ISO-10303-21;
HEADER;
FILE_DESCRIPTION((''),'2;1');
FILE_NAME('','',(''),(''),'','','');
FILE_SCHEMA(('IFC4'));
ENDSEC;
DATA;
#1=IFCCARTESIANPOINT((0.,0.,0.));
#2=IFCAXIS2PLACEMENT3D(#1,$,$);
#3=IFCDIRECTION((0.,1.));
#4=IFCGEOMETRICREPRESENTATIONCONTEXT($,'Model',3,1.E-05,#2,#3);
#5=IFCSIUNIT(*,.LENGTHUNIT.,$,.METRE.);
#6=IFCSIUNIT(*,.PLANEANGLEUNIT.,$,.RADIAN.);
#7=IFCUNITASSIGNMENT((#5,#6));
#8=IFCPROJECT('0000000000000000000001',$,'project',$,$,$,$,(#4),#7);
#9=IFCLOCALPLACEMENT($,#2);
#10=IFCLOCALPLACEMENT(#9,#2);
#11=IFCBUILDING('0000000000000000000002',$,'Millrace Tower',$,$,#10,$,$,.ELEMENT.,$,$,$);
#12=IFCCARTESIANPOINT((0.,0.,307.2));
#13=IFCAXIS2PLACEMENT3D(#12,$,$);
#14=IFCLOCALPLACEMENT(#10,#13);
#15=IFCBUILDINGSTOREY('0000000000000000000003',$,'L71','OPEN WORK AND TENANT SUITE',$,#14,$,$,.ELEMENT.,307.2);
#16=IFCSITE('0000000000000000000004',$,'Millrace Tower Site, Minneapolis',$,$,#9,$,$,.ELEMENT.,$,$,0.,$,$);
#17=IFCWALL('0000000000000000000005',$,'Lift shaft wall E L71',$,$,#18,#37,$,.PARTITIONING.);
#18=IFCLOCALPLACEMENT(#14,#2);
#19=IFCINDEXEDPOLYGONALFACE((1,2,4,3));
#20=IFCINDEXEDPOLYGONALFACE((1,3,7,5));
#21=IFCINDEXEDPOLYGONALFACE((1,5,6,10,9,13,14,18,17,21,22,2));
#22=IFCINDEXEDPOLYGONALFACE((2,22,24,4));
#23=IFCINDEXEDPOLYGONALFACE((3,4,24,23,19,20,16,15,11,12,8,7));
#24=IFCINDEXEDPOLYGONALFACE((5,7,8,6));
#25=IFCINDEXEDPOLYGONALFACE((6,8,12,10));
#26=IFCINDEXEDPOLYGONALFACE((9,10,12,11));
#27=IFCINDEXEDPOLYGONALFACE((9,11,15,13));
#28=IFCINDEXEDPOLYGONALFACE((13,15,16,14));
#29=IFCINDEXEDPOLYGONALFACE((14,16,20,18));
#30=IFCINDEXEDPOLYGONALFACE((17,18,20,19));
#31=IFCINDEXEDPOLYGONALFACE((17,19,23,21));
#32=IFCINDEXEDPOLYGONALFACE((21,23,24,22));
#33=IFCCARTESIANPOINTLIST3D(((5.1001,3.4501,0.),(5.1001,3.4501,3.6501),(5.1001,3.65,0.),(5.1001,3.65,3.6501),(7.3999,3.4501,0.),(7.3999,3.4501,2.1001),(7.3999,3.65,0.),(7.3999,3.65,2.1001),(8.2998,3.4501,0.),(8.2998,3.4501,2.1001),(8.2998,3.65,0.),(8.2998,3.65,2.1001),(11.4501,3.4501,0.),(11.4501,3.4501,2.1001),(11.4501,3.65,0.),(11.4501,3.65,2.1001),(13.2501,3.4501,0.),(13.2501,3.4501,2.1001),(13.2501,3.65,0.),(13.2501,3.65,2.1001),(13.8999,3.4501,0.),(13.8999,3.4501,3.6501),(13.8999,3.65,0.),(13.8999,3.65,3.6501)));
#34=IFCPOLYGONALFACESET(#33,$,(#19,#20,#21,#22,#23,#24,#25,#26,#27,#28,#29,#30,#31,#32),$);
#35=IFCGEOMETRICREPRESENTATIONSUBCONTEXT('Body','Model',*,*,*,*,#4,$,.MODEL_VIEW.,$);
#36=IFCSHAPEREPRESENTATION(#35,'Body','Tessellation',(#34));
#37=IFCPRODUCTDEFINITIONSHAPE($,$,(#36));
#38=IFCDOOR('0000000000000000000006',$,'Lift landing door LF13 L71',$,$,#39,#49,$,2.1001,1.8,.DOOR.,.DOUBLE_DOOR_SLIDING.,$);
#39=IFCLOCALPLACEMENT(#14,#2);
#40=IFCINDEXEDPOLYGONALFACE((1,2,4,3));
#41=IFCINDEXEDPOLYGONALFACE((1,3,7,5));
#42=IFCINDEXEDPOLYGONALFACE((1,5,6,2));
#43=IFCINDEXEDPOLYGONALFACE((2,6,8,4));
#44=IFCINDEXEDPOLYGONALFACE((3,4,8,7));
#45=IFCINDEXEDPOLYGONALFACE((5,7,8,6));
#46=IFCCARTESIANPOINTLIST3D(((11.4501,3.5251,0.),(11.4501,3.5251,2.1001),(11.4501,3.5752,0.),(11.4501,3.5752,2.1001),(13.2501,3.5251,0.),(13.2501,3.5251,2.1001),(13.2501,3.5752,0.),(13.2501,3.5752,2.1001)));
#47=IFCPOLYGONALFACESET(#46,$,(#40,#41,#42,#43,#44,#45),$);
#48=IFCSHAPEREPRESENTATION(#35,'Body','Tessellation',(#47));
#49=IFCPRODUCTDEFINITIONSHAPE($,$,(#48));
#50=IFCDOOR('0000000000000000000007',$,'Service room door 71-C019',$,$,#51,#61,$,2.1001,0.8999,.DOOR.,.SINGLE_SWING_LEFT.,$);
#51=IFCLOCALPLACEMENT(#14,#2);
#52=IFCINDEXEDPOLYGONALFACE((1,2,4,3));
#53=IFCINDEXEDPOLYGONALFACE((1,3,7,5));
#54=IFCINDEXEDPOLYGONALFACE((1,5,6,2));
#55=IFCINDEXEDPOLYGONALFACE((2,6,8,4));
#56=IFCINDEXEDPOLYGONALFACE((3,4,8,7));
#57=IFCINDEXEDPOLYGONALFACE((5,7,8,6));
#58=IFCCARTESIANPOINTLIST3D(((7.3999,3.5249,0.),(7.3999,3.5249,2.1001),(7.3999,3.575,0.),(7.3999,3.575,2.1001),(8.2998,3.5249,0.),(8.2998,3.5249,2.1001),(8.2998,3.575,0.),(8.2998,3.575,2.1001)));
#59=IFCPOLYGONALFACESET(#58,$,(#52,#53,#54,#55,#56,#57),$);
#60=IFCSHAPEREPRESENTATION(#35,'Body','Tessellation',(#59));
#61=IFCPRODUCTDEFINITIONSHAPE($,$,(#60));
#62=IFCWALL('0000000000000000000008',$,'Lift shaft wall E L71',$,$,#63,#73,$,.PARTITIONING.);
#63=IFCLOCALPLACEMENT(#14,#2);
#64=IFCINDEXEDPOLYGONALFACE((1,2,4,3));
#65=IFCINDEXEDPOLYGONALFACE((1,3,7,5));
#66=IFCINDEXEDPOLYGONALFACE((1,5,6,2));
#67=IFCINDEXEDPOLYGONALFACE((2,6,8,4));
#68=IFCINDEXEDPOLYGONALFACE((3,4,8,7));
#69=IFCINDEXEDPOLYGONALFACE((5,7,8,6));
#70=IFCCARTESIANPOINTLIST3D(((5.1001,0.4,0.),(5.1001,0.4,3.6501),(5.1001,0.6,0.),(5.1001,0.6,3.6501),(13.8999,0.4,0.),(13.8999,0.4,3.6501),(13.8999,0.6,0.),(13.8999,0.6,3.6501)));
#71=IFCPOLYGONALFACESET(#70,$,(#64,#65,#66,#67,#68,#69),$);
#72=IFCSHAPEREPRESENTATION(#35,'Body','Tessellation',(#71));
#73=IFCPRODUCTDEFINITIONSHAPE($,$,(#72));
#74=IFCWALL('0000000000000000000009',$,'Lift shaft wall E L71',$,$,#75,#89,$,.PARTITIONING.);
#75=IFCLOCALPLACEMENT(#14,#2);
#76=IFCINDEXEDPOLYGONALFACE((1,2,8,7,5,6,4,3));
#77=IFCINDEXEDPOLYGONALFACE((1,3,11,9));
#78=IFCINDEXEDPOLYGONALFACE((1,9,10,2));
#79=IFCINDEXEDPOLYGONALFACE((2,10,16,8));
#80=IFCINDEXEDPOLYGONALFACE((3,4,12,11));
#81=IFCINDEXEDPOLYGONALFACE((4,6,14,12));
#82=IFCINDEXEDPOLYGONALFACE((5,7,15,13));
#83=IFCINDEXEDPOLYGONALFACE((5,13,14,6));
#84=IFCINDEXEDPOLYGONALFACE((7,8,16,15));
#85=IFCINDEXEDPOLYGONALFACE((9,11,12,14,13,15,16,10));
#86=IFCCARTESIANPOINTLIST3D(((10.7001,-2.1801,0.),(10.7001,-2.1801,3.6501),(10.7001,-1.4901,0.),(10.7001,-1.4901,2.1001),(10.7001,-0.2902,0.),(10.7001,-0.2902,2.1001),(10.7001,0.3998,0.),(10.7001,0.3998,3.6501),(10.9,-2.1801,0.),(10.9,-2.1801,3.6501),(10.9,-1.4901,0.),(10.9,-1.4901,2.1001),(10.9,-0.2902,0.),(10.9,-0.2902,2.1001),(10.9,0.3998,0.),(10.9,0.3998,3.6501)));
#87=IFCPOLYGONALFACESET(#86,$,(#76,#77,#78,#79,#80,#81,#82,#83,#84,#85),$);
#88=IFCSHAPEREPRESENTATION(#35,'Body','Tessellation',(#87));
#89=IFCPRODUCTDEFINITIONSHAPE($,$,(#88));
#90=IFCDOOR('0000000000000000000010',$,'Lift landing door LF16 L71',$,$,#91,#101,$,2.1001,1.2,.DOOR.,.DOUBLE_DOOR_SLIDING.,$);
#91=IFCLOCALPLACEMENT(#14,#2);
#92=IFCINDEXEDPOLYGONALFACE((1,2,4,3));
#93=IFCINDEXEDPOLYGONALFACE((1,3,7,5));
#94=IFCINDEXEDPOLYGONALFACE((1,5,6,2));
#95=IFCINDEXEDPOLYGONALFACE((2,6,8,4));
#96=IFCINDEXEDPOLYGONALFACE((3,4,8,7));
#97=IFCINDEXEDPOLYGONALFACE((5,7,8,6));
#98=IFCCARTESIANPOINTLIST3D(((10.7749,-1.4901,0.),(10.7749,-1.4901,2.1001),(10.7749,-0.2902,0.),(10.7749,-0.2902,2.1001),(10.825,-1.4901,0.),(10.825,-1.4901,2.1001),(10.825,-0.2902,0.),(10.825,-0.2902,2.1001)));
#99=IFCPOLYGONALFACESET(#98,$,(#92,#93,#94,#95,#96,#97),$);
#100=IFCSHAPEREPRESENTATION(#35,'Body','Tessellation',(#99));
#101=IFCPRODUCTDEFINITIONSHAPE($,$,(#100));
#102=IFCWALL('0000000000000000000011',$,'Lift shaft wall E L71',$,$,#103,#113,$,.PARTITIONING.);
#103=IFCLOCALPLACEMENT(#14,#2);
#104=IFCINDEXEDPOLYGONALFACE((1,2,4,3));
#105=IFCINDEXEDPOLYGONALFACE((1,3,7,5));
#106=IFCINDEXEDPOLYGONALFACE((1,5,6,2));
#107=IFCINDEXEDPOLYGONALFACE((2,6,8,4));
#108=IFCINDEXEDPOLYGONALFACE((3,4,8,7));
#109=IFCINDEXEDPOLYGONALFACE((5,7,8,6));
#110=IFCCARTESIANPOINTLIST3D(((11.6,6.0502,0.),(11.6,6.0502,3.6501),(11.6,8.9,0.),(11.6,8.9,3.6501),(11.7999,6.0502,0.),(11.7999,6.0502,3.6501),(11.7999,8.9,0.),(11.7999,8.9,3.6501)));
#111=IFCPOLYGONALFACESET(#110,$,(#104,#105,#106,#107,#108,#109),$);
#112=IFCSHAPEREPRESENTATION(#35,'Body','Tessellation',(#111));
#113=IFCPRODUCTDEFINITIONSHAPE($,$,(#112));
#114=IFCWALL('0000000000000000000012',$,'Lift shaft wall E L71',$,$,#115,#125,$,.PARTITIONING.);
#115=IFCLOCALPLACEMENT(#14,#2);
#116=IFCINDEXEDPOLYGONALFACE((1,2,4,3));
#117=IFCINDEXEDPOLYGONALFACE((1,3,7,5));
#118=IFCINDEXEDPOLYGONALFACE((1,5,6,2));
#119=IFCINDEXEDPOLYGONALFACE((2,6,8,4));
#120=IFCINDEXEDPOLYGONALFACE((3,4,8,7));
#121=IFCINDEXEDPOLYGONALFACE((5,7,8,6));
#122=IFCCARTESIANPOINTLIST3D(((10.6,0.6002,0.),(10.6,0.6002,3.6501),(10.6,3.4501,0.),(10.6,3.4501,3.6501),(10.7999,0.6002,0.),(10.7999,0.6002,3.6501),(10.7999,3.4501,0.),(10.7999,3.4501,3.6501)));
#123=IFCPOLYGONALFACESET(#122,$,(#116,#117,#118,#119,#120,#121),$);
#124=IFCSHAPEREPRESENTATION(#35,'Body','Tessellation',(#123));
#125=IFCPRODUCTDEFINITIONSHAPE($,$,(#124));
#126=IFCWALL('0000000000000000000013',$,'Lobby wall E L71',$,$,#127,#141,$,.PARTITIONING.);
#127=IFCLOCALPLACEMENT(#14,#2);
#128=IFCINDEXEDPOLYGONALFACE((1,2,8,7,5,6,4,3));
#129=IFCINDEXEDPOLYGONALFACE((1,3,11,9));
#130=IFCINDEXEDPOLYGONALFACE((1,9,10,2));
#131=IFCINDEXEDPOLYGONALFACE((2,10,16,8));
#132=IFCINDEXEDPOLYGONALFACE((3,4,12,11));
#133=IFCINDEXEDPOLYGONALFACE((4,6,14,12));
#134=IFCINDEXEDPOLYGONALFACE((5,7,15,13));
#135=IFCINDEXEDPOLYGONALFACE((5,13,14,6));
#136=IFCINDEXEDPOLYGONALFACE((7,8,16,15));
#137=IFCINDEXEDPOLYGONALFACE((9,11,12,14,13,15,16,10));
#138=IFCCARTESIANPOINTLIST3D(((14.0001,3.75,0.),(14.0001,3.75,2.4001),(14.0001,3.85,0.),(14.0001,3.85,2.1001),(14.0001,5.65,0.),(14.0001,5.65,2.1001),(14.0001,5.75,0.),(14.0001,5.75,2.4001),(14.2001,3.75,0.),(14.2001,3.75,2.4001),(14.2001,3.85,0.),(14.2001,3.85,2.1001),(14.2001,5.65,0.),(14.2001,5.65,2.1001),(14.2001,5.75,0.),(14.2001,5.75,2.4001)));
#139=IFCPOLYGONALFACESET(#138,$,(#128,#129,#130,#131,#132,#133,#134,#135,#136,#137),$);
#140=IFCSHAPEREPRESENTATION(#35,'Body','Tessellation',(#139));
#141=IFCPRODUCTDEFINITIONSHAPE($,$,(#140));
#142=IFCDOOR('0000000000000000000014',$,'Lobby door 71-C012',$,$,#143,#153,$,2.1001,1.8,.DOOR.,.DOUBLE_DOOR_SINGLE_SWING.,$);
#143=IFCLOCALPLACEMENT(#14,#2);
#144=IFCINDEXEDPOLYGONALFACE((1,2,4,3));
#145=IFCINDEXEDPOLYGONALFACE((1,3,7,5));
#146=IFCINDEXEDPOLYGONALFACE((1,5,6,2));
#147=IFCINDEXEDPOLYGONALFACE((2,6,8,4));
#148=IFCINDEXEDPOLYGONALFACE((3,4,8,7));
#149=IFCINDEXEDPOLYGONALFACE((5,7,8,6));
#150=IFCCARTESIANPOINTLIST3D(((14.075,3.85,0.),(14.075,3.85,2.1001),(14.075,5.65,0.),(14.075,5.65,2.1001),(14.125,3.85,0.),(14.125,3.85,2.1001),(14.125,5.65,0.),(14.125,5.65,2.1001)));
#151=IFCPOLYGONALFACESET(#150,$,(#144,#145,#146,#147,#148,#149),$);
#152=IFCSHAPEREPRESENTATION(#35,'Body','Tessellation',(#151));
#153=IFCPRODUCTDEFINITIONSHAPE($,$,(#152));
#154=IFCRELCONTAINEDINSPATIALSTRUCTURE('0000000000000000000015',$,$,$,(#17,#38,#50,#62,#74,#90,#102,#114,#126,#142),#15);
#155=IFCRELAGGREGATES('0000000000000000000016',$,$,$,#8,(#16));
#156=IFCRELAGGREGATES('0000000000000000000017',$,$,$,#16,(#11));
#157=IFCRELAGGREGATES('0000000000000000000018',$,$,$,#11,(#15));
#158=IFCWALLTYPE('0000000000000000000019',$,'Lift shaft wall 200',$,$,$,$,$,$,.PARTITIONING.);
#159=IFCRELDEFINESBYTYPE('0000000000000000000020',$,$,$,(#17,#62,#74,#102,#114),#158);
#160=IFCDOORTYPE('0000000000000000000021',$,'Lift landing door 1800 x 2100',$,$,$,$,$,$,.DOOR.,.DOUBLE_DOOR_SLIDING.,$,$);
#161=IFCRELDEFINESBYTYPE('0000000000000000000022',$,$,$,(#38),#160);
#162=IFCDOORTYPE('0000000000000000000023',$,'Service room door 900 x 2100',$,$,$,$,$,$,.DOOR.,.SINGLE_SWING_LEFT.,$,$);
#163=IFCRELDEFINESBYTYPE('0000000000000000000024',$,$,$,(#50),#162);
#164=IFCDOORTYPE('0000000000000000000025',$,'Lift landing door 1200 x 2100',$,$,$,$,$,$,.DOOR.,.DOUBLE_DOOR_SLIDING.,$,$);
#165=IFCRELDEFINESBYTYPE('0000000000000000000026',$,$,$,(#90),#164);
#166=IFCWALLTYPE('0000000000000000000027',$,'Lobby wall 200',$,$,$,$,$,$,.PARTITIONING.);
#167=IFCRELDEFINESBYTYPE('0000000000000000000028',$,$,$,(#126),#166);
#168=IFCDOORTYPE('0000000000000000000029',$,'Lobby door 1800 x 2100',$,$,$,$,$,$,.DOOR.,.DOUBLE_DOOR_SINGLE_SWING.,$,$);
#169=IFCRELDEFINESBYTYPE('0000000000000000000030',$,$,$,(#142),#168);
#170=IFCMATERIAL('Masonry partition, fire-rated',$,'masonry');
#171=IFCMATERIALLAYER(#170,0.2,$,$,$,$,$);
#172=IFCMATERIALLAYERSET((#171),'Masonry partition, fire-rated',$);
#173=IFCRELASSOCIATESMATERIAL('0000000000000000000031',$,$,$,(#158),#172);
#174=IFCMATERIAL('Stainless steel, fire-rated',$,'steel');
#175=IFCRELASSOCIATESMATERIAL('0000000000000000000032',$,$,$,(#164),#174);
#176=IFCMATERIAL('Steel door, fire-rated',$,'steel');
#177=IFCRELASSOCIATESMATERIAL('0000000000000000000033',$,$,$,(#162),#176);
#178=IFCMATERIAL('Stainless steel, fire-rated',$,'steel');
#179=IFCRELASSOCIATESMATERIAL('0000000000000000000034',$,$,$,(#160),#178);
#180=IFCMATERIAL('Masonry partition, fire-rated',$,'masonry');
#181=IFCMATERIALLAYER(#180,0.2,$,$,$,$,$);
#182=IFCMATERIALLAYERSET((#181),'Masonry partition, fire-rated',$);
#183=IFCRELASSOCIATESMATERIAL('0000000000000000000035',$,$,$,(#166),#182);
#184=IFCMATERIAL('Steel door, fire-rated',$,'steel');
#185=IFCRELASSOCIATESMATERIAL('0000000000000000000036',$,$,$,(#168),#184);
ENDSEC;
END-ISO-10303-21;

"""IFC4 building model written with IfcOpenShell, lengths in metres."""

from ifc_helpers import new_model, si_unit, direction, frame, frame_2d, origin, place, context, subcontext, project, spatial, rectangle, extrude, material, layer, layer_set, type_object, element, fill, save


model = new_model("IFC4")

# Units and contexts
model_context = context("Model", 3, precision=1e-05, world=origin(), true_north=direction((0.0, 1.0)))
body_context = subcontext(model_context, "Body", "Model", "MODEL_VIEW")
ifc_project = project(units=[si_unit("LENGTHUNIT", "METRE"), si_unit("PLANEANGLEUNIT", "RADIAN")], contexts=[model_context])

# Site, building, storey
site_placement = place(None, origin())
site = spatial("IfcSite", under=ifc_project, at=site_placement, Name="Millrace Tower Site, Minneapolis", CompositionType="ELEMENT", RefElevation=0.0)
building_placement = place(site_placement, origin())
building = spatial("IfcBuilding", under=site, at=building_placement, Name="Millrace Tower", CompositionType="ELEMENT")
storey_placement = place(building_placement, frame((0.0, 0.0, 307.2)))
storey = spatial("IfcBuildingStorey", under=building, at=storey_placement, Name="L71", Description="OPEN WORK AND TENANT SUITE", CompositionType="ELEMENT", Elevation=307.2)

# Wall, openings, doors
ifc_material_1 = material(Name="Masonry partition, fire-rated", Category="masonry")
ifc_layer_1 = layer(ifc_material_1, 0.2)
ifc_layer_set_1 = layer_set([ifc_layer_1], Name="Masonry partition, fire-rated")
wall_type_1 = type_object("IfcWallType", Name="Lift shaft wall 200", PredefinedType="PARTITIONING", material=ifc_layer_set_1)
ifc_material_2 = material(Name="Stainless steel, fire-rated", Category="steel")
door_type_1 = type_object("IfcDoorType", Name="Lift landing door 1200 x 2100", OperationType="DOUBLE_DOOR_SLIDING", PredefinedType="DOOR", material=ifc_material_2)
ifc_material_3 = material(Name="Steel door, fire-rated", Category="steel")
door_type_2 = type_object("IfcDoorType", Name="Service room door 900 x 2100", OperationType="SINGLE_SWING_LEFT", PredefinedType="DOOR", material=ifc_material_3)
wall_1_placement = place(storey_placement, frame((13.8999, 3.55, 0.0), z_axis=(0.0, 0.0, 1.0), x_axis=(-1.0, 0.0, 0.0)))
wall_1 = element("IfcWall", 1, at=wall_1_placement, inside=storey, type_object=wall_type_1, Name="Lift shaft wall E L71", PredefinedType="PARTITIONING", context=body_context, shape_type="SweptSolid", body=[
    extrude(rectangle(XDim=8.7998, YDim=0.2, at=frame_2d((4.3999, 0.0))), origin(), (0.0, 0.0, 1.0), 3.6501),
])
opening_1_placement = place(wall_1_placement, frame((0.6499, 0.0, 0.0)))
opening_1 = element("IfcOpeningElement", 2, at=opening_1_placement, cuts=wall_1, PredefinedType="OPENING", context=body_context, shape_type="SweptSolid", body=[
    extrude(rectangle(XDim=1.8, YDim=2.1001, at=frame_2d((0.8999, 1.05))), frame((0.0, 0.1099, 0.0), z_axis=(0.0, -1.0, 0.0), x_axis=(1.0, 0.0, 0.0)), (0.0, 0.0, 1.0), 0.22),
])
opening_2_placement = place(wall_1_placement, frame((5.6001, 0.0, 0.0)))
opening_2 = element("IfcOpeningElement", 3, at=opening_2_placement, cuts=wall_1, PredefinedType="OPENING", context=body_context, shape_type="SweptSolid", body=[
    extrude(rectangle(XDim=0.8999, YDim=2.1001, at=frame_2d((0.45, 1.05))), frame((0.0, 0.1099, 0.0), z_axis=(0.0, -1.0, 0.0), x_axis=(1.0, 0.0, 0.0)), (0.0, 0.0, 1.0), 0.22),
])
ifc_material_4 = material(Name="Stainless steel, fire-rated", Category="steel")
door_type_3 = type_object("IfcDoorType", Name="Lift landing door 1800 x 2100", OperationType="DOUBLE_DOOR_SLIDING", PredefinedType="DOOR", material=ifc_material_4)
door_1_placement = place(opening_1_placement, origin())
door_1 = element("IfcDoor", 4, at=door_1_placement, inside=storey, type_object=door_type_3, Name="Lift landing door LF13 L71", OperationType="DOUBLE_DOOR_SLIDING", OverallHeight=2.1001, OverallWidth=1.8, PredefinedType="DOOR", context=body_context, shape_type="SweptSolid", body=[
    extrude(rectangle(XDim=1.8, YDim=2.1001, at=frame_2d((0.8999, 1.05))), frame((0.0, 0.0249, 0.0), z_axis=(0.0, -1.0, 0.0), x_axis=(1.0, 0.0, 0.0)), (0.0, 0.0, 1.0), 0.05),
])
fill(opening_1, door_1)
door_2_placement = place(opening_2_placement, frame((0.8999, 0.0, 0.0), z_axis=(0.0, 0.0, 1.0), x_axis=(-1.0, 0.0, 0.0)))
door_2 = element("IfcDoor", 5, at=door_2_placement, inside=storey, type_object=door_type_2, Name="Service room door 71-C019", OperationType="SINGLE_SWING_LEFT", OverallHeight=2.1001, OverallWidth=0.8999, PredefinedType="DOOR", context=body_context, shape_type="SweptSolid", body=[
    extrude(rectangle(XDim=0.8999, YDim=2.1001, at=frame_2d((0.45, 1.05))), frame((0.0, 0.0249, 0.0), z_axis=(0.0, -1.0, 0.0), x_axis=(1.0, 0.0, 0.0)), (0.0, 0.0, 1.0), 0.05),
])
fill(opening_2, door_2)

# Wall
wall_2_placement = place(storey_placement, frame((13.8999, 0.5, 0.0), z_axis=(0.0, 0.0, 1.0), x_axis=(-1.0, 0.0, 0.0)))
element("IfcWall", 6, at=wall_2_placement, inside=storey, type_object=wall_type_1, Name="Lift shaft wall E L71", PredefinedType="PARTITIONING", context=body_context, shape_type="SweptSolid", body=[
    extrude(rectangle(XDim=8.7998, YDim=0.2, at=frame_2d((4.3999, 0.0))), origin(), (0.0, 0.0, 1.0), 3.6501),
])

# Wall, opening, door
wall_3_placement = place(storey_placement, frame((10.8, 0.3999, 0.0), z_axis=(0.0, 0.0, 1.0), x_axis=(0.0, -1.0, 0.0)))
wall_3 = element("IfcWall", 7, at=wall_3_placement, inside=storey, type_object=wall_type_1, Name="Lift shaft wall E L71", PredefinedType="PARTITIONING", context=body_context, shape_type="SweptSolid", body=[
    extrude(rectangle(XDim=2.5798, YDim=0.2, at=frame_2d((1.29, 0.0))), origin(), (0.0, 0.0, 1.0), 3.6501),
])
opening_3_placement = place(wall_3_placement, frame((0.6899, 0.0, 0.0)))
opening_3 = element("IfcOpeningElement", 8, at=opening_3_placement, cuts=wall_3, PredefinedType="OPENING", context=body_context, shape_type="SweptSolid", body=[
    extrude(rectangle(XDim=1.2, YDim=2.1001, at=frame_2d((0.6001, 1.05))), frame((0.0, 0.1099, 0.0), z_axis=(0.0, -1.0, 0.0), x_axis=(1.0, 0.0, 0.0)), (0.0, 0.0, 1.0), 0.22),
])
door_3_placement = place(opening_3_placement, origin())
door_3 = element("IfcDoor", 9, at=door_3_placement, inside=storey, type_object=door_type_1, Name="Lift landing door LF16 L71", OperationType="DOUBLE_DOOR_SLIDING", OverallHeight=2.1001, OverallWidth=1.2, PredefinedType="DOOR", context=body_context, shape_type="SweptSolid", body=[
    extrude(rectangle(XDim=1.2, YDim=2.1001, at=frame_2d((0.6001, 1.05))), frame((0.0, 0.0249, 0.0), z_axis=(0.0, -1.0, 0.0), x_axis=(1.0, 0.0, 0.0)), (0.0, 0.0, 1.0), 0.05),
])
fill(opening_3, door_3)

# Walls
for number, where, z_axis, x_axis, name in (
    (10, (11.7, 8.8999, 0.0), (0.0, 0.0, 1.0), (0.0, -1.0, 0.0), "Lift shaft wall E L71"),
    (11, (10.7, 3.45, 0.0), (0.0, 0.0, 1.0), (0.0, -1.0, 0.0), "Lift shaft wall E L71"),
):
    element("IfcWall", number, at=place(storey_placement, frame(where, z_axis=z_axis, x_axis=x_axis)), inside=storey, type_object=wall_type_1, Name=name, PredefinedType="PARTITIONING", context=body_context, shape_type="SweptSolid", body=[
        extrude(rectangle(XDim=2.8499, YDim=0.2, at=frame_2d((1.4248, 0.0))), origin(), (0.0, 0.0, 1.0), 3.6501),
    ])

# Wall, opening, door
ifc_material_5 = material(Name="Masonry partition, fire-rated", Category="masonry")
ifc_layer_2 = layer(ifc_material_5, 0.2)
ifc_layer_set_2 = layer_set([ifc_layer_2], Name="Masonry partition, fire-rated")
wall_type_2 = type_object("IfcWallType", Name="Lobby wall 200", PredefinedType="PARTITIONING", material=ifc_layer_set_2)
wall_4_placement = place(storey_placement, frame((14.1001, 5.75, 0.0), z_axis=(0.0, 0.0, 1.0), x_axis=(0.0, -1.0, 0.0)))
wall_4 = element("IfcWall", 12, at=wall_4_placement, inside=storey, type_object=wall_type_2, Name="Lobby wall E L71", PredefinedType="PARTITIONING", context=body_context, shape_type="SweptSolid", body=[
    extrude(rectangle(XDim=2.0, YDim=0.2, at=frame_2d((1.0, 0.0))), origin(), (0.0, 0.0, 1.0), 2.4001),
])
opening_4_placement = place(wall_4_placement, frame((0.1001, 0.0, 0.0)))
opening_4 = element("IfcOpeningElement", 13, at=opening_4_placement, cuts=wall_4, PredefinedType="OPENING", context=body_context, shape_type="SweptSolid", body=[
    extrude(rectangle(XDim=1.8, YDim=2.1001, at=frame_2d((0.8999, 1.05))), frame((0.0, 0.1099, 0.0), z_axis=(0.0, -1.0, 0.0), x_axis=(1.0, 0.0, 0.0)), (0.0, 0.0, 1.0), 0.22),
])
ifc_material_6 = material(Name="Steel door, fire-rated", Category="steel")
door_type_4 = type_object("IfcDoorType", Name="Lobby door 1800 x 2100", OperationType="DOUBLE_DOOR_SINGLE_SWING", PredefinedType="DOOR", material=ifc_material_6)
door_4_placement = place(opening_4_placement, origin())
door_4 = element("IfcDoor", 14, at=door_4_placement, inside=storey, type_object=door_type_4, Name="Lobby door 71-C012", OperationType="DOUBLE_DOOR_SINGLE_SWING", OverallHeight=2.1001, OverallWidth=1.8, PredefinedType="DOOR", context=body_context, shape_type="SweptSolid", body=[
    extrude(rectangle(XDim=1.8, YDim=2.1001, at=frame_2d((0.8999, 1.05))), frame((0.0, 0.0249, 0.0), z_axis=(0.0, -1.0, 0.0), x_axis=(1.0, 0.0, 0.0)), (0.0, 0.0, 1.0), 0.05),
])
fill(opening_4, door_4)

save(model, "model.ifc")
